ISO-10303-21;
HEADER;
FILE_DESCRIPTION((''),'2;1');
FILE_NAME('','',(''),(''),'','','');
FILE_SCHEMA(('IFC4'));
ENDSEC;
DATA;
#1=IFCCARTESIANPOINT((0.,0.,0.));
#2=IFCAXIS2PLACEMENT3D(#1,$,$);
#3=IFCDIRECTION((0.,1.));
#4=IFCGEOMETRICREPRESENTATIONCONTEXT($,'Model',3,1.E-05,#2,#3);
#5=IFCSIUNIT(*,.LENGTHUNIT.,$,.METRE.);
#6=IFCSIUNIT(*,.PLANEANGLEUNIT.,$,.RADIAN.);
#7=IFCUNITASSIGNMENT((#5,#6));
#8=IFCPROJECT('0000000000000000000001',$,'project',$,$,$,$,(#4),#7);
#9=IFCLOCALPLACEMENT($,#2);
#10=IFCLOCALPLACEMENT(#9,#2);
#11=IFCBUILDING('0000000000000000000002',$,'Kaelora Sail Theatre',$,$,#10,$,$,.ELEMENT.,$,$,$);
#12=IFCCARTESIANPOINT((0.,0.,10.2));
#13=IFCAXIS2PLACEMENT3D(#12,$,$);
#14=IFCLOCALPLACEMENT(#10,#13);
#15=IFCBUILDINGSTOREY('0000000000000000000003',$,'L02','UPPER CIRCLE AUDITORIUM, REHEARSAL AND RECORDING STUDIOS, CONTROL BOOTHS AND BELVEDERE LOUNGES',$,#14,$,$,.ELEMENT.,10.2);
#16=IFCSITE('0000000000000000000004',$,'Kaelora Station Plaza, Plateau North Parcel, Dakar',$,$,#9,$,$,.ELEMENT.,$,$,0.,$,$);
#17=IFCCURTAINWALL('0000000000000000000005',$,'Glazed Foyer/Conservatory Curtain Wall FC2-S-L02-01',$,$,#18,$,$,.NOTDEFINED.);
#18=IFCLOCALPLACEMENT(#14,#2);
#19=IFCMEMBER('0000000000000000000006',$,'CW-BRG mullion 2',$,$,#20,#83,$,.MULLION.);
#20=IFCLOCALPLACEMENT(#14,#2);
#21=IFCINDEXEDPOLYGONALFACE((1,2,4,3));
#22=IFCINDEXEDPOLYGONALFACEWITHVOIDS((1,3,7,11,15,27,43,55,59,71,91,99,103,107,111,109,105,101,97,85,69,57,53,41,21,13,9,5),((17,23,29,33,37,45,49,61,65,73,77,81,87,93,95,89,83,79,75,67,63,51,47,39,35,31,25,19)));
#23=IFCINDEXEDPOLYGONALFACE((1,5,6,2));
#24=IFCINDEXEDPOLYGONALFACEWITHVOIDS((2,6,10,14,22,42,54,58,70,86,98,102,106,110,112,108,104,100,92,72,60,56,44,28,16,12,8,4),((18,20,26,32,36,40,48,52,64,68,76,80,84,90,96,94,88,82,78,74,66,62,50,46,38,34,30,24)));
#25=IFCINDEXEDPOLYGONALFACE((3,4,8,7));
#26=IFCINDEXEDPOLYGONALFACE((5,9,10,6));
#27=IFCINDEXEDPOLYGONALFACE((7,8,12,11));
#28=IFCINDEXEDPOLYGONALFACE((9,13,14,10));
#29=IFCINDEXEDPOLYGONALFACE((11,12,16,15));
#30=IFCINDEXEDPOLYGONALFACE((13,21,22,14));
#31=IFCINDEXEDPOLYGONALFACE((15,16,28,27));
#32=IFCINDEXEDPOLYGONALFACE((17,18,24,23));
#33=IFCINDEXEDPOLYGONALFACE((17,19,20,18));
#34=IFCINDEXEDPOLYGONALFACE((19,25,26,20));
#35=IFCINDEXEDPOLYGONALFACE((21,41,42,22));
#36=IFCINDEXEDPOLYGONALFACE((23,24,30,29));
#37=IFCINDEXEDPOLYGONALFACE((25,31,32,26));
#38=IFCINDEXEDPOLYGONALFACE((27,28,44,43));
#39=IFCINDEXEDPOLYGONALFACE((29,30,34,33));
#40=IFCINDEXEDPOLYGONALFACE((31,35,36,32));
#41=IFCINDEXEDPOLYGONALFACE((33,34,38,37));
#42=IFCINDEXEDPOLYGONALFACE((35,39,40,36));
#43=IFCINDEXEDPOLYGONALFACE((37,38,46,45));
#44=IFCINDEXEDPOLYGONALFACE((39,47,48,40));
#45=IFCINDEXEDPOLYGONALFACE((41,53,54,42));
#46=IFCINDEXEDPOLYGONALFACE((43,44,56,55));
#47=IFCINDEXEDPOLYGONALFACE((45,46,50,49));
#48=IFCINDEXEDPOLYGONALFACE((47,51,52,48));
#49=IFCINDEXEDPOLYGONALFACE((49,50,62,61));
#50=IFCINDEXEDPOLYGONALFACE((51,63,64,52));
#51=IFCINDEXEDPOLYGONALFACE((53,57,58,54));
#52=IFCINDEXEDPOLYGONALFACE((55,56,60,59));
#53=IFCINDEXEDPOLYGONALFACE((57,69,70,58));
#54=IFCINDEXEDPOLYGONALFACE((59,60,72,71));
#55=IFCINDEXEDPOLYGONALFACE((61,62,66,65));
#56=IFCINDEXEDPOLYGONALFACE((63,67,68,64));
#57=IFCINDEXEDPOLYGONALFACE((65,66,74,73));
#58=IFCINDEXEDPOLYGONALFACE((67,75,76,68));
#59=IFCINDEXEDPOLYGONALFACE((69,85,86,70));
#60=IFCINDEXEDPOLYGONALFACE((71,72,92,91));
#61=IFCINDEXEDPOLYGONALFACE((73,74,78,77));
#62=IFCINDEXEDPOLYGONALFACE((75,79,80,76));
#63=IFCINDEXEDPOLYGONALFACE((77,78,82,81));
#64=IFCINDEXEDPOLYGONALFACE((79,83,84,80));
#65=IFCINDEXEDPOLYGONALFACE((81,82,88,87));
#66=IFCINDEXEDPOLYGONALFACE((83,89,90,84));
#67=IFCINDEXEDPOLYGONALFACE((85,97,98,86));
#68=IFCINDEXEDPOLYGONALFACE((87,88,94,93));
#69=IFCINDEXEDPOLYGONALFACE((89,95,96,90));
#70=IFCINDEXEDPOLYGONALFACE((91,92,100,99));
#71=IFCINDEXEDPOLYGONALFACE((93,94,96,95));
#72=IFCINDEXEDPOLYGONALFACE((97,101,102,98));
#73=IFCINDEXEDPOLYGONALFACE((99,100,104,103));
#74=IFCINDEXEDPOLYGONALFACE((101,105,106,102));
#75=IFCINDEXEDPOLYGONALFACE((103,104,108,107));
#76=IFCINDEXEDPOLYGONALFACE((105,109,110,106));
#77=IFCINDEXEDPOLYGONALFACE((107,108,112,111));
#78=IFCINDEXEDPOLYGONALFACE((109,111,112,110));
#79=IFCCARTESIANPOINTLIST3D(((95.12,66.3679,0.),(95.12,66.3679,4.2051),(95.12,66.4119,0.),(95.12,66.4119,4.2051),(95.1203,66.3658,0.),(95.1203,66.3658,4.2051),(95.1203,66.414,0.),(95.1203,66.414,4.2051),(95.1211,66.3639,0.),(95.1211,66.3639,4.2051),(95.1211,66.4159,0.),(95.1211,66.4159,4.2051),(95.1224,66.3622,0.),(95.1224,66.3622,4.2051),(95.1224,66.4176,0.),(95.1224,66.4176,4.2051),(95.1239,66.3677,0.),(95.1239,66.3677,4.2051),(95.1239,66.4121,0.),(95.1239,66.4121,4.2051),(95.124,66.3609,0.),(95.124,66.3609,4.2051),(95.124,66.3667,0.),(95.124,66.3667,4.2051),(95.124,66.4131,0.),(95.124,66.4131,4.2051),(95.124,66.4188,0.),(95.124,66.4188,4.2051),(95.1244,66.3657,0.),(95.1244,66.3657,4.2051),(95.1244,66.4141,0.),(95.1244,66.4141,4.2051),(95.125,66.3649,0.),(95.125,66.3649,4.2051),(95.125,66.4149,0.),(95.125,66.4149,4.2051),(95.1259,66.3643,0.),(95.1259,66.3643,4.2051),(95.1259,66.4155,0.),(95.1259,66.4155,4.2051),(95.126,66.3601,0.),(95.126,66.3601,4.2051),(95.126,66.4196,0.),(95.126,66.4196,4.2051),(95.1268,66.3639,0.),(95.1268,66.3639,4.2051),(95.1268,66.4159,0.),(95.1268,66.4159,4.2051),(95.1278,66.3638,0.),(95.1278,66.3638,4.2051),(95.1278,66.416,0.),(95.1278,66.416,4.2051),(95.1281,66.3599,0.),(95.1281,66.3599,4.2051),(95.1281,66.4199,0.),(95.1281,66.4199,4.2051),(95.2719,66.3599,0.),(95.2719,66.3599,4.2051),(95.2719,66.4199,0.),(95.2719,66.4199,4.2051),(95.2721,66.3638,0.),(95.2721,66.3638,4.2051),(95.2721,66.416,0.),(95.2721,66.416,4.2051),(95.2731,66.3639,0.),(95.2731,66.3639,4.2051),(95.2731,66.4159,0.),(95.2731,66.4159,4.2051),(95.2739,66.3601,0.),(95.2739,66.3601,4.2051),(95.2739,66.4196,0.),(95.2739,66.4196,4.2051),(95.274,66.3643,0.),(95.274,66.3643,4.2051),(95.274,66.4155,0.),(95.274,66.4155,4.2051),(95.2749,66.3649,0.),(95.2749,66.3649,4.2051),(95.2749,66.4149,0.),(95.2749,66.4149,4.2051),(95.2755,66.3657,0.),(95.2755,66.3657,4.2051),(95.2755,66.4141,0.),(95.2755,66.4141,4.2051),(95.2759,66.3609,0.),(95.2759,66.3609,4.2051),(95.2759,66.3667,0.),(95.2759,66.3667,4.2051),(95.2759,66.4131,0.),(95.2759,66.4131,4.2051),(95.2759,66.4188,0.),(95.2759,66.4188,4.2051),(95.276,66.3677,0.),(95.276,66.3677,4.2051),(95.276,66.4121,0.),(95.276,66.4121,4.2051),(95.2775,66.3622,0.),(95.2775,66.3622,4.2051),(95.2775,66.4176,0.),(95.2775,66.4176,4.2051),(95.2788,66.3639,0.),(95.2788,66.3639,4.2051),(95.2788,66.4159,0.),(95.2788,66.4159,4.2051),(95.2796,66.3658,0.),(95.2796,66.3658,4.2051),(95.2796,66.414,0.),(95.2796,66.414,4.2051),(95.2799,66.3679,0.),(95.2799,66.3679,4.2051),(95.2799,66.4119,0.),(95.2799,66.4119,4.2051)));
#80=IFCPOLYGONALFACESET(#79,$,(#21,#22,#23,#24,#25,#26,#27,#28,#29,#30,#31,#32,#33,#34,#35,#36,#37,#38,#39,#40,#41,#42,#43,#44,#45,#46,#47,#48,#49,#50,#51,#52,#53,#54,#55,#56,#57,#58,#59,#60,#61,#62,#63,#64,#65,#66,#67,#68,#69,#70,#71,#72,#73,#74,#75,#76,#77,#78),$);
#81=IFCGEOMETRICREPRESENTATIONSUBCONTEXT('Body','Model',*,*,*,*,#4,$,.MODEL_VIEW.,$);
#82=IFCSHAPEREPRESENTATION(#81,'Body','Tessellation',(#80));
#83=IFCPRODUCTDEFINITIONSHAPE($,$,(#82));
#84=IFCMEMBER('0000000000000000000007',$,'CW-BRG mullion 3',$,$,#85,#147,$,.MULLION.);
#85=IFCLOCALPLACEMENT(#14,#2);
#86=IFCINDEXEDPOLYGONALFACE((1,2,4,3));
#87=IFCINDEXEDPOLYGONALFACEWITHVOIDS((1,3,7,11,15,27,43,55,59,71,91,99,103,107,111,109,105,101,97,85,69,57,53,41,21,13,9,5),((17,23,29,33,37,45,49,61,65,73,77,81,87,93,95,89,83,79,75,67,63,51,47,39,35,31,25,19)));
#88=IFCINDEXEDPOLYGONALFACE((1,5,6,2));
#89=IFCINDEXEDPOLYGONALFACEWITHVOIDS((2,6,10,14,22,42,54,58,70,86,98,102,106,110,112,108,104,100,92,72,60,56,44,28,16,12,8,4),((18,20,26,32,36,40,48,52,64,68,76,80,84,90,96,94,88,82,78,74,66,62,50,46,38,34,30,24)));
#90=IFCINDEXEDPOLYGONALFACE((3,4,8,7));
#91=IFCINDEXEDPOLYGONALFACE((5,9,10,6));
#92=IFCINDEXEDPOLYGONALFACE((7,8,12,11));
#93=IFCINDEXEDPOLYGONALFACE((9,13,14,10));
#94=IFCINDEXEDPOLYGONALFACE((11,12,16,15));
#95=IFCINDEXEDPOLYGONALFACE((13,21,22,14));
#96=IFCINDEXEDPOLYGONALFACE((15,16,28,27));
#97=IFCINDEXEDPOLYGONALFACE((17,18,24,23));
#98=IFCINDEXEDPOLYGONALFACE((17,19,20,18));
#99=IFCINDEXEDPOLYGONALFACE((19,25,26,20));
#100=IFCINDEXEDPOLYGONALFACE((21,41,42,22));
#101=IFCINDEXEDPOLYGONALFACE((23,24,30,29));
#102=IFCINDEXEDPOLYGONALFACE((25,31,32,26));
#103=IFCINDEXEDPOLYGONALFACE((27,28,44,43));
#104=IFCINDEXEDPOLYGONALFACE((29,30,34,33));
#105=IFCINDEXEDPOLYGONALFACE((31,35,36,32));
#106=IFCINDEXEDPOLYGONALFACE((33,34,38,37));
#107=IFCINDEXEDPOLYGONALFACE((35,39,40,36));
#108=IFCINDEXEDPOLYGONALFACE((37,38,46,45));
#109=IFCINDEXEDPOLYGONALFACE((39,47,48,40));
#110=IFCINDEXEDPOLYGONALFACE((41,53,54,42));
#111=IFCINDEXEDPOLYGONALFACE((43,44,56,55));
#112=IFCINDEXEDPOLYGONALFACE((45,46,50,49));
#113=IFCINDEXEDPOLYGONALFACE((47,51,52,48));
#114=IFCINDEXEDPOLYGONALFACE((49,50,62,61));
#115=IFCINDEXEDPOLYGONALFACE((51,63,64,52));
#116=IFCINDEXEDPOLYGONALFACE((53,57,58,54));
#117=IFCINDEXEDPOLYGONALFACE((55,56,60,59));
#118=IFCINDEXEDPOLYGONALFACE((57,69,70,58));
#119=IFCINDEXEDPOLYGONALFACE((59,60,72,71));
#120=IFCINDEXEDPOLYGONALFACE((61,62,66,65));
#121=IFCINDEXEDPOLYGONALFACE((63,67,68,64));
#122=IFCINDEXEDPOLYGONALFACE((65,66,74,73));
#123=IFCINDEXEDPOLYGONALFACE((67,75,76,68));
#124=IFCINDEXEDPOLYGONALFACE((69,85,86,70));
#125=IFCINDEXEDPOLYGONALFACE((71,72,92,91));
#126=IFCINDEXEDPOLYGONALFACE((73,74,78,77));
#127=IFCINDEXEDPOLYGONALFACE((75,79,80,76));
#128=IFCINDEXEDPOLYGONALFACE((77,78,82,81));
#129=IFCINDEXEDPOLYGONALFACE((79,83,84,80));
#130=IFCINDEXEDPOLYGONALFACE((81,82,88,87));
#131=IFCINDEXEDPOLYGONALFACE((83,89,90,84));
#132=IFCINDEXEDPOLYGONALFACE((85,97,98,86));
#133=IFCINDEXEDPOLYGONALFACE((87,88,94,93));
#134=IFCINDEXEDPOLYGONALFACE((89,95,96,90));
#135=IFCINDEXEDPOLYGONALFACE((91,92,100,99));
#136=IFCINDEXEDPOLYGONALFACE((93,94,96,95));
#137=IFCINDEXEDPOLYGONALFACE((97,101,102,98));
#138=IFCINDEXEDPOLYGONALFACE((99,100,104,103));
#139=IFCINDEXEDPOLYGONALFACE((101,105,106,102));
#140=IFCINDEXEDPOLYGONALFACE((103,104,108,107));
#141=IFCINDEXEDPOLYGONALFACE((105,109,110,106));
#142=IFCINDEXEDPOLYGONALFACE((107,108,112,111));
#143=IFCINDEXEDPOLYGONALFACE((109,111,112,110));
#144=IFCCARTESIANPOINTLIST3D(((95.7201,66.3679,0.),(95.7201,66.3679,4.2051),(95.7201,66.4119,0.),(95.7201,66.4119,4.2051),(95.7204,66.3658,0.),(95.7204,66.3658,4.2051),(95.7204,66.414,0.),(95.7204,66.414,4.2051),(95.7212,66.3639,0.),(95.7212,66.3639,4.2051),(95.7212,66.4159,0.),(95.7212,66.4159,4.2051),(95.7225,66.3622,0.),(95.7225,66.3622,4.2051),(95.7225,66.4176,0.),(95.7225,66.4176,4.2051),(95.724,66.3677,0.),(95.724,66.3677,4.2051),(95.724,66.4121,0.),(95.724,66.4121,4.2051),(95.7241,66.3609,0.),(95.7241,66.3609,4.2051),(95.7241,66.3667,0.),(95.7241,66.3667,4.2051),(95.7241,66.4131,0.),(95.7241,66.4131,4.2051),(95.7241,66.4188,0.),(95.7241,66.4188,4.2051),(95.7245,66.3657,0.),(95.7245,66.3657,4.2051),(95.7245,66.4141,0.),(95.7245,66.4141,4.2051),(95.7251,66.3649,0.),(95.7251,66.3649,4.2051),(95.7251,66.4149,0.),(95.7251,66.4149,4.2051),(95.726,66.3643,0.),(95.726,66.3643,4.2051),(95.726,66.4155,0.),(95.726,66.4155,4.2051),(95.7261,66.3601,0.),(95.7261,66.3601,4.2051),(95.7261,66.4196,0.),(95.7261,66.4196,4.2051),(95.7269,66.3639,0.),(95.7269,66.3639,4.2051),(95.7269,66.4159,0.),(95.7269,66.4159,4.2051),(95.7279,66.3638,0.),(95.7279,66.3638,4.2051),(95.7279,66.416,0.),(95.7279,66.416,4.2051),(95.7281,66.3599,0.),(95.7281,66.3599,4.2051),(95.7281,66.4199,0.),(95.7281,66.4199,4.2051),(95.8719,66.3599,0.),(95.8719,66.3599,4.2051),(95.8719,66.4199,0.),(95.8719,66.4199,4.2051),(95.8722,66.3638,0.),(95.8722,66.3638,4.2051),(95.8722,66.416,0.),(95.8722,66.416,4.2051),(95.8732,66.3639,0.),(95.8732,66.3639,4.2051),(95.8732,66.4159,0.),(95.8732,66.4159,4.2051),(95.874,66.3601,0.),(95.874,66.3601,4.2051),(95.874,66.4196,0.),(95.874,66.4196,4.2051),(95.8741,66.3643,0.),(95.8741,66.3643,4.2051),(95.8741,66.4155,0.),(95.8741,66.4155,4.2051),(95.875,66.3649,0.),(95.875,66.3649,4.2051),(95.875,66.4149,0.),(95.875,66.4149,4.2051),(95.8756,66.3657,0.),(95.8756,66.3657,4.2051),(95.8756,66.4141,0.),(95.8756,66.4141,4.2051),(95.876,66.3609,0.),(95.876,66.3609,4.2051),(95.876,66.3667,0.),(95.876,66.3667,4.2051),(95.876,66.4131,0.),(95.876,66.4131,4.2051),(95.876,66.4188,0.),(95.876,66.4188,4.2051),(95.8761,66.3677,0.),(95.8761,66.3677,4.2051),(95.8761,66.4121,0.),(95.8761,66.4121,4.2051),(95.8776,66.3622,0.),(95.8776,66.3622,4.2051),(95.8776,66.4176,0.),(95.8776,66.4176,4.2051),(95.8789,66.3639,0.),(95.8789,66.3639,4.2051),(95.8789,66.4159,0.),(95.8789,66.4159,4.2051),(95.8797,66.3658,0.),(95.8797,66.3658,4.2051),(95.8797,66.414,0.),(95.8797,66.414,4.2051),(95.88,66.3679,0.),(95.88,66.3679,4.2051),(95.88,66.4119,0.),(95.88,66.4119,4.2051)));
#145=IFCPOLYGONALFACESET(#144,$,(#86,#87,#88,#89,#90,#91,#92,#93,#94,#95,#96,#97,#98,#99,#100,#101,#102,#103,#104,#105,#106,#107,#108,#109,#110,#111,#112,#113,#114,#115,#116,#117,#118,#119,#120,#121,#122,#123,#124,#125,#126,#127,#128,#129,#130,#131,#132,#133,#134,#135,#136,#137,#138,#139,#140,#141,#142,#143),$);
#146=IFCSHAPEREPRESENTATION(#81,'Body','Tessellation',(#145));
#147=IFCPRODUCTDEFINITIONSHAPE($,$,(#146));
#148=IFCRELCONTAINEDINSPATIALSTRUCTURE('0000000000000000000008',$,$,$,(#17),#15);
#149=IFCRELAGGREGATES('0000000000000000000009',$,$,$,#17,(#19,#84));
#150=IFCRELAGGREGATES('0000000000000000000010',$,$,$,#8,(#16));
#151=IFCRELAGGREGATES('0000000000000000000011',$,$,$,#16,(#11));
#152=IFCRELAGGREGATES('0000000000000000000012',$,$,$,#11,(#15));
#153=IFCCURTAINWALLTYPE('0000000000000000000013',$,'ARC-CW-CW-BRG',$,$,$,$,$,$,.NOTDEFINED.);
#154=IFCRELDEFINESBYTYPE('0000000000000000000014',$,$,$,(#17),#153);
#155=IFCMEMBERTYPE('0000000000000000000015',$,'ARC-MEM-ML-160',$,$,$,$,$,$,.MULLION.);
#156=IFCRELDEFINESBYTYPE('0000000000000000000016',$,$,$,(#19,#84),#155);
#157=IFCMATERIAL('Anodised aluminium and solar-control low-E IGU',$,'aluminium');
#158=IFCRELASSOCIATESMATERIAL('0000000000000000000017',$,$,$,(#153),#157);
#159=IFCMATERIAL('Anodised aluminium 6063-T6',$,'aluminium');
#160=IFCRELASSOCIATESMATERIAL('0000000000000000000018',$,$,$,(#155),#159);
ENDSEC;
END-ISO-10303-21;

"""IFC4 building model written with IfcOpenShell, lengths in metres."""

from ifc_helpers import new_model, si_unit, direction, frame, origin, origin_2d, place, context, subcontext, project, spatial, hollow_rectangle, extrude, material, material_profile, profile_set, type_object, element, aggregate, save


model = new_model("IFC4")

# Units and contexts
model_context = context("Model", 3, precision=1e-05, world=origin(), true_north=direction((0.0, 1.0)))
body_context = subcontext(model_context, "Body", "Model", "MODEL_VIEW")
ifc_project = project(units=[si_unit("LENGTHUNIT", "METRE"), si_unit("PLANEANGLEUNIT", "RADIAN")], contexts=[model_context])

# Site, building, storey
site_placement = place(None, origin())
site = spatial("IfcSite", under=ifc_project, at=site_placement, Name="Kaelora Station Plaza, Plateau North Parcel, Dakar", CompositionType="ELEMENT", RefElevation=0.0)
building_placement = place(site_placement, origin())
building = spatial("IfcBuilding", under=site, at=building_placement, Name="Kaelora Sail Theatre", CompositionType="ELEMENT")
storey_placement = place(building_placement, frame((0.0, 0.0, 10.2)))
storey = spatial("IfcBuildingStorey", under=building, at=storey_placement, Name="L02", Description="UPPER CIRCLE AUDITORIUM, REHEARSAL AND RECORDING STUDIOS, CONTROL BOOTHS AND BELVEDERE LOUNGES", CompositionType="ELEMENT", Elevation=10.2)

# Curtain wall, members
ifc_material_1 = material(Name="Anodised aluminium and solar-control low-E IGU", Category="aluminium")
curtain_wall_type = type_object("IfcCurtainWallType", Name="ARC-CW-CW-BRG", PredefinedType="NOTDEFINED", material=ifc_material_1)
curtain_wall_placement = place(storey_placement, origin())
curtain_wall = element("IfcCurtainWall", 1, at=curtain_wall_placement, inside=storey, type_object=curtain_wall_type, Name="Glazed Foyer/Conservatory Curtain Wall FC2-S-L02-01", PredefinedType="NOTDEFINED")
ifc_material_2 = material(Name="Anodised aluminium 6063-T6", Category="aluminium")
ifc_material_profile_1 = material_profile(ifc_material_2, hollow_rectangle(XDim=0.0601, YDim=0.1599, WallThickness=0.0039, InnerFilletRadius=0.0039, OuterFilletRadius=0.0081, at=origin_2d()), Name="ALU-MULL 60x160x4")
ifc_profile_set_1 = profile_set([ifc_material_profile_1], Name="Anodised aluminium 6063-T6")
member_type_1 = type_object("IfcMemberType", Name="ARC-MEM-ML-160", PredefinedType="MULLION", material=ifc_profile_set_1)
member_1_placement = place(storey_placement, frame((95.2, 66.3899, 0.0), z_axis=(0.0, 0.0, 1.0), x_axis=(0.0, 1.0, 0.0)))
member_1 = element("IfcMember", 2, at=member_1_placement, type_object=member_type_1, Name="CW-BRG mullion 2", PredefinedType="MULLION", context=body_context, shape_type="SweptSolid", body=[
    extrude(hollow_rectangle(XDim=0.0601, YDim=0.1599, WallThickness=0.0039, InnerFilletRadius=0.0039, OuterFilletRadius=0.0081, at=origin_2d()), origin(), (0.0, 0.0, 1.0), 4.2051),
])
member_2_placement = place(storey_placement, frame((95.8, 66.3899, 0.0), z_axis=(0.0, 0.0, 1.0), x_axis=(0.0, 1.0, 0.0)))
member_2 = element("IfcMember", 3, at=member_2_placement, type_object=member_type_1, Name="CW-BRG mullion 3", PredefinedType="MULLION", context=body_context, shape_type="SweptSolid", body=[
    extrude(hollow_rectangle(XDim=0.0601, YDim=0.1599, WallThickness=0.0039, InnerFilletRadius=0.0039, OuterFilletRadius=0.0081, at=origin_2d()), origin(), (0.0, 0.0, 1.0), 4.2051),
])
aggregate(curtain_wall, [member_1, member_2])

save(model, "model.ifc")
